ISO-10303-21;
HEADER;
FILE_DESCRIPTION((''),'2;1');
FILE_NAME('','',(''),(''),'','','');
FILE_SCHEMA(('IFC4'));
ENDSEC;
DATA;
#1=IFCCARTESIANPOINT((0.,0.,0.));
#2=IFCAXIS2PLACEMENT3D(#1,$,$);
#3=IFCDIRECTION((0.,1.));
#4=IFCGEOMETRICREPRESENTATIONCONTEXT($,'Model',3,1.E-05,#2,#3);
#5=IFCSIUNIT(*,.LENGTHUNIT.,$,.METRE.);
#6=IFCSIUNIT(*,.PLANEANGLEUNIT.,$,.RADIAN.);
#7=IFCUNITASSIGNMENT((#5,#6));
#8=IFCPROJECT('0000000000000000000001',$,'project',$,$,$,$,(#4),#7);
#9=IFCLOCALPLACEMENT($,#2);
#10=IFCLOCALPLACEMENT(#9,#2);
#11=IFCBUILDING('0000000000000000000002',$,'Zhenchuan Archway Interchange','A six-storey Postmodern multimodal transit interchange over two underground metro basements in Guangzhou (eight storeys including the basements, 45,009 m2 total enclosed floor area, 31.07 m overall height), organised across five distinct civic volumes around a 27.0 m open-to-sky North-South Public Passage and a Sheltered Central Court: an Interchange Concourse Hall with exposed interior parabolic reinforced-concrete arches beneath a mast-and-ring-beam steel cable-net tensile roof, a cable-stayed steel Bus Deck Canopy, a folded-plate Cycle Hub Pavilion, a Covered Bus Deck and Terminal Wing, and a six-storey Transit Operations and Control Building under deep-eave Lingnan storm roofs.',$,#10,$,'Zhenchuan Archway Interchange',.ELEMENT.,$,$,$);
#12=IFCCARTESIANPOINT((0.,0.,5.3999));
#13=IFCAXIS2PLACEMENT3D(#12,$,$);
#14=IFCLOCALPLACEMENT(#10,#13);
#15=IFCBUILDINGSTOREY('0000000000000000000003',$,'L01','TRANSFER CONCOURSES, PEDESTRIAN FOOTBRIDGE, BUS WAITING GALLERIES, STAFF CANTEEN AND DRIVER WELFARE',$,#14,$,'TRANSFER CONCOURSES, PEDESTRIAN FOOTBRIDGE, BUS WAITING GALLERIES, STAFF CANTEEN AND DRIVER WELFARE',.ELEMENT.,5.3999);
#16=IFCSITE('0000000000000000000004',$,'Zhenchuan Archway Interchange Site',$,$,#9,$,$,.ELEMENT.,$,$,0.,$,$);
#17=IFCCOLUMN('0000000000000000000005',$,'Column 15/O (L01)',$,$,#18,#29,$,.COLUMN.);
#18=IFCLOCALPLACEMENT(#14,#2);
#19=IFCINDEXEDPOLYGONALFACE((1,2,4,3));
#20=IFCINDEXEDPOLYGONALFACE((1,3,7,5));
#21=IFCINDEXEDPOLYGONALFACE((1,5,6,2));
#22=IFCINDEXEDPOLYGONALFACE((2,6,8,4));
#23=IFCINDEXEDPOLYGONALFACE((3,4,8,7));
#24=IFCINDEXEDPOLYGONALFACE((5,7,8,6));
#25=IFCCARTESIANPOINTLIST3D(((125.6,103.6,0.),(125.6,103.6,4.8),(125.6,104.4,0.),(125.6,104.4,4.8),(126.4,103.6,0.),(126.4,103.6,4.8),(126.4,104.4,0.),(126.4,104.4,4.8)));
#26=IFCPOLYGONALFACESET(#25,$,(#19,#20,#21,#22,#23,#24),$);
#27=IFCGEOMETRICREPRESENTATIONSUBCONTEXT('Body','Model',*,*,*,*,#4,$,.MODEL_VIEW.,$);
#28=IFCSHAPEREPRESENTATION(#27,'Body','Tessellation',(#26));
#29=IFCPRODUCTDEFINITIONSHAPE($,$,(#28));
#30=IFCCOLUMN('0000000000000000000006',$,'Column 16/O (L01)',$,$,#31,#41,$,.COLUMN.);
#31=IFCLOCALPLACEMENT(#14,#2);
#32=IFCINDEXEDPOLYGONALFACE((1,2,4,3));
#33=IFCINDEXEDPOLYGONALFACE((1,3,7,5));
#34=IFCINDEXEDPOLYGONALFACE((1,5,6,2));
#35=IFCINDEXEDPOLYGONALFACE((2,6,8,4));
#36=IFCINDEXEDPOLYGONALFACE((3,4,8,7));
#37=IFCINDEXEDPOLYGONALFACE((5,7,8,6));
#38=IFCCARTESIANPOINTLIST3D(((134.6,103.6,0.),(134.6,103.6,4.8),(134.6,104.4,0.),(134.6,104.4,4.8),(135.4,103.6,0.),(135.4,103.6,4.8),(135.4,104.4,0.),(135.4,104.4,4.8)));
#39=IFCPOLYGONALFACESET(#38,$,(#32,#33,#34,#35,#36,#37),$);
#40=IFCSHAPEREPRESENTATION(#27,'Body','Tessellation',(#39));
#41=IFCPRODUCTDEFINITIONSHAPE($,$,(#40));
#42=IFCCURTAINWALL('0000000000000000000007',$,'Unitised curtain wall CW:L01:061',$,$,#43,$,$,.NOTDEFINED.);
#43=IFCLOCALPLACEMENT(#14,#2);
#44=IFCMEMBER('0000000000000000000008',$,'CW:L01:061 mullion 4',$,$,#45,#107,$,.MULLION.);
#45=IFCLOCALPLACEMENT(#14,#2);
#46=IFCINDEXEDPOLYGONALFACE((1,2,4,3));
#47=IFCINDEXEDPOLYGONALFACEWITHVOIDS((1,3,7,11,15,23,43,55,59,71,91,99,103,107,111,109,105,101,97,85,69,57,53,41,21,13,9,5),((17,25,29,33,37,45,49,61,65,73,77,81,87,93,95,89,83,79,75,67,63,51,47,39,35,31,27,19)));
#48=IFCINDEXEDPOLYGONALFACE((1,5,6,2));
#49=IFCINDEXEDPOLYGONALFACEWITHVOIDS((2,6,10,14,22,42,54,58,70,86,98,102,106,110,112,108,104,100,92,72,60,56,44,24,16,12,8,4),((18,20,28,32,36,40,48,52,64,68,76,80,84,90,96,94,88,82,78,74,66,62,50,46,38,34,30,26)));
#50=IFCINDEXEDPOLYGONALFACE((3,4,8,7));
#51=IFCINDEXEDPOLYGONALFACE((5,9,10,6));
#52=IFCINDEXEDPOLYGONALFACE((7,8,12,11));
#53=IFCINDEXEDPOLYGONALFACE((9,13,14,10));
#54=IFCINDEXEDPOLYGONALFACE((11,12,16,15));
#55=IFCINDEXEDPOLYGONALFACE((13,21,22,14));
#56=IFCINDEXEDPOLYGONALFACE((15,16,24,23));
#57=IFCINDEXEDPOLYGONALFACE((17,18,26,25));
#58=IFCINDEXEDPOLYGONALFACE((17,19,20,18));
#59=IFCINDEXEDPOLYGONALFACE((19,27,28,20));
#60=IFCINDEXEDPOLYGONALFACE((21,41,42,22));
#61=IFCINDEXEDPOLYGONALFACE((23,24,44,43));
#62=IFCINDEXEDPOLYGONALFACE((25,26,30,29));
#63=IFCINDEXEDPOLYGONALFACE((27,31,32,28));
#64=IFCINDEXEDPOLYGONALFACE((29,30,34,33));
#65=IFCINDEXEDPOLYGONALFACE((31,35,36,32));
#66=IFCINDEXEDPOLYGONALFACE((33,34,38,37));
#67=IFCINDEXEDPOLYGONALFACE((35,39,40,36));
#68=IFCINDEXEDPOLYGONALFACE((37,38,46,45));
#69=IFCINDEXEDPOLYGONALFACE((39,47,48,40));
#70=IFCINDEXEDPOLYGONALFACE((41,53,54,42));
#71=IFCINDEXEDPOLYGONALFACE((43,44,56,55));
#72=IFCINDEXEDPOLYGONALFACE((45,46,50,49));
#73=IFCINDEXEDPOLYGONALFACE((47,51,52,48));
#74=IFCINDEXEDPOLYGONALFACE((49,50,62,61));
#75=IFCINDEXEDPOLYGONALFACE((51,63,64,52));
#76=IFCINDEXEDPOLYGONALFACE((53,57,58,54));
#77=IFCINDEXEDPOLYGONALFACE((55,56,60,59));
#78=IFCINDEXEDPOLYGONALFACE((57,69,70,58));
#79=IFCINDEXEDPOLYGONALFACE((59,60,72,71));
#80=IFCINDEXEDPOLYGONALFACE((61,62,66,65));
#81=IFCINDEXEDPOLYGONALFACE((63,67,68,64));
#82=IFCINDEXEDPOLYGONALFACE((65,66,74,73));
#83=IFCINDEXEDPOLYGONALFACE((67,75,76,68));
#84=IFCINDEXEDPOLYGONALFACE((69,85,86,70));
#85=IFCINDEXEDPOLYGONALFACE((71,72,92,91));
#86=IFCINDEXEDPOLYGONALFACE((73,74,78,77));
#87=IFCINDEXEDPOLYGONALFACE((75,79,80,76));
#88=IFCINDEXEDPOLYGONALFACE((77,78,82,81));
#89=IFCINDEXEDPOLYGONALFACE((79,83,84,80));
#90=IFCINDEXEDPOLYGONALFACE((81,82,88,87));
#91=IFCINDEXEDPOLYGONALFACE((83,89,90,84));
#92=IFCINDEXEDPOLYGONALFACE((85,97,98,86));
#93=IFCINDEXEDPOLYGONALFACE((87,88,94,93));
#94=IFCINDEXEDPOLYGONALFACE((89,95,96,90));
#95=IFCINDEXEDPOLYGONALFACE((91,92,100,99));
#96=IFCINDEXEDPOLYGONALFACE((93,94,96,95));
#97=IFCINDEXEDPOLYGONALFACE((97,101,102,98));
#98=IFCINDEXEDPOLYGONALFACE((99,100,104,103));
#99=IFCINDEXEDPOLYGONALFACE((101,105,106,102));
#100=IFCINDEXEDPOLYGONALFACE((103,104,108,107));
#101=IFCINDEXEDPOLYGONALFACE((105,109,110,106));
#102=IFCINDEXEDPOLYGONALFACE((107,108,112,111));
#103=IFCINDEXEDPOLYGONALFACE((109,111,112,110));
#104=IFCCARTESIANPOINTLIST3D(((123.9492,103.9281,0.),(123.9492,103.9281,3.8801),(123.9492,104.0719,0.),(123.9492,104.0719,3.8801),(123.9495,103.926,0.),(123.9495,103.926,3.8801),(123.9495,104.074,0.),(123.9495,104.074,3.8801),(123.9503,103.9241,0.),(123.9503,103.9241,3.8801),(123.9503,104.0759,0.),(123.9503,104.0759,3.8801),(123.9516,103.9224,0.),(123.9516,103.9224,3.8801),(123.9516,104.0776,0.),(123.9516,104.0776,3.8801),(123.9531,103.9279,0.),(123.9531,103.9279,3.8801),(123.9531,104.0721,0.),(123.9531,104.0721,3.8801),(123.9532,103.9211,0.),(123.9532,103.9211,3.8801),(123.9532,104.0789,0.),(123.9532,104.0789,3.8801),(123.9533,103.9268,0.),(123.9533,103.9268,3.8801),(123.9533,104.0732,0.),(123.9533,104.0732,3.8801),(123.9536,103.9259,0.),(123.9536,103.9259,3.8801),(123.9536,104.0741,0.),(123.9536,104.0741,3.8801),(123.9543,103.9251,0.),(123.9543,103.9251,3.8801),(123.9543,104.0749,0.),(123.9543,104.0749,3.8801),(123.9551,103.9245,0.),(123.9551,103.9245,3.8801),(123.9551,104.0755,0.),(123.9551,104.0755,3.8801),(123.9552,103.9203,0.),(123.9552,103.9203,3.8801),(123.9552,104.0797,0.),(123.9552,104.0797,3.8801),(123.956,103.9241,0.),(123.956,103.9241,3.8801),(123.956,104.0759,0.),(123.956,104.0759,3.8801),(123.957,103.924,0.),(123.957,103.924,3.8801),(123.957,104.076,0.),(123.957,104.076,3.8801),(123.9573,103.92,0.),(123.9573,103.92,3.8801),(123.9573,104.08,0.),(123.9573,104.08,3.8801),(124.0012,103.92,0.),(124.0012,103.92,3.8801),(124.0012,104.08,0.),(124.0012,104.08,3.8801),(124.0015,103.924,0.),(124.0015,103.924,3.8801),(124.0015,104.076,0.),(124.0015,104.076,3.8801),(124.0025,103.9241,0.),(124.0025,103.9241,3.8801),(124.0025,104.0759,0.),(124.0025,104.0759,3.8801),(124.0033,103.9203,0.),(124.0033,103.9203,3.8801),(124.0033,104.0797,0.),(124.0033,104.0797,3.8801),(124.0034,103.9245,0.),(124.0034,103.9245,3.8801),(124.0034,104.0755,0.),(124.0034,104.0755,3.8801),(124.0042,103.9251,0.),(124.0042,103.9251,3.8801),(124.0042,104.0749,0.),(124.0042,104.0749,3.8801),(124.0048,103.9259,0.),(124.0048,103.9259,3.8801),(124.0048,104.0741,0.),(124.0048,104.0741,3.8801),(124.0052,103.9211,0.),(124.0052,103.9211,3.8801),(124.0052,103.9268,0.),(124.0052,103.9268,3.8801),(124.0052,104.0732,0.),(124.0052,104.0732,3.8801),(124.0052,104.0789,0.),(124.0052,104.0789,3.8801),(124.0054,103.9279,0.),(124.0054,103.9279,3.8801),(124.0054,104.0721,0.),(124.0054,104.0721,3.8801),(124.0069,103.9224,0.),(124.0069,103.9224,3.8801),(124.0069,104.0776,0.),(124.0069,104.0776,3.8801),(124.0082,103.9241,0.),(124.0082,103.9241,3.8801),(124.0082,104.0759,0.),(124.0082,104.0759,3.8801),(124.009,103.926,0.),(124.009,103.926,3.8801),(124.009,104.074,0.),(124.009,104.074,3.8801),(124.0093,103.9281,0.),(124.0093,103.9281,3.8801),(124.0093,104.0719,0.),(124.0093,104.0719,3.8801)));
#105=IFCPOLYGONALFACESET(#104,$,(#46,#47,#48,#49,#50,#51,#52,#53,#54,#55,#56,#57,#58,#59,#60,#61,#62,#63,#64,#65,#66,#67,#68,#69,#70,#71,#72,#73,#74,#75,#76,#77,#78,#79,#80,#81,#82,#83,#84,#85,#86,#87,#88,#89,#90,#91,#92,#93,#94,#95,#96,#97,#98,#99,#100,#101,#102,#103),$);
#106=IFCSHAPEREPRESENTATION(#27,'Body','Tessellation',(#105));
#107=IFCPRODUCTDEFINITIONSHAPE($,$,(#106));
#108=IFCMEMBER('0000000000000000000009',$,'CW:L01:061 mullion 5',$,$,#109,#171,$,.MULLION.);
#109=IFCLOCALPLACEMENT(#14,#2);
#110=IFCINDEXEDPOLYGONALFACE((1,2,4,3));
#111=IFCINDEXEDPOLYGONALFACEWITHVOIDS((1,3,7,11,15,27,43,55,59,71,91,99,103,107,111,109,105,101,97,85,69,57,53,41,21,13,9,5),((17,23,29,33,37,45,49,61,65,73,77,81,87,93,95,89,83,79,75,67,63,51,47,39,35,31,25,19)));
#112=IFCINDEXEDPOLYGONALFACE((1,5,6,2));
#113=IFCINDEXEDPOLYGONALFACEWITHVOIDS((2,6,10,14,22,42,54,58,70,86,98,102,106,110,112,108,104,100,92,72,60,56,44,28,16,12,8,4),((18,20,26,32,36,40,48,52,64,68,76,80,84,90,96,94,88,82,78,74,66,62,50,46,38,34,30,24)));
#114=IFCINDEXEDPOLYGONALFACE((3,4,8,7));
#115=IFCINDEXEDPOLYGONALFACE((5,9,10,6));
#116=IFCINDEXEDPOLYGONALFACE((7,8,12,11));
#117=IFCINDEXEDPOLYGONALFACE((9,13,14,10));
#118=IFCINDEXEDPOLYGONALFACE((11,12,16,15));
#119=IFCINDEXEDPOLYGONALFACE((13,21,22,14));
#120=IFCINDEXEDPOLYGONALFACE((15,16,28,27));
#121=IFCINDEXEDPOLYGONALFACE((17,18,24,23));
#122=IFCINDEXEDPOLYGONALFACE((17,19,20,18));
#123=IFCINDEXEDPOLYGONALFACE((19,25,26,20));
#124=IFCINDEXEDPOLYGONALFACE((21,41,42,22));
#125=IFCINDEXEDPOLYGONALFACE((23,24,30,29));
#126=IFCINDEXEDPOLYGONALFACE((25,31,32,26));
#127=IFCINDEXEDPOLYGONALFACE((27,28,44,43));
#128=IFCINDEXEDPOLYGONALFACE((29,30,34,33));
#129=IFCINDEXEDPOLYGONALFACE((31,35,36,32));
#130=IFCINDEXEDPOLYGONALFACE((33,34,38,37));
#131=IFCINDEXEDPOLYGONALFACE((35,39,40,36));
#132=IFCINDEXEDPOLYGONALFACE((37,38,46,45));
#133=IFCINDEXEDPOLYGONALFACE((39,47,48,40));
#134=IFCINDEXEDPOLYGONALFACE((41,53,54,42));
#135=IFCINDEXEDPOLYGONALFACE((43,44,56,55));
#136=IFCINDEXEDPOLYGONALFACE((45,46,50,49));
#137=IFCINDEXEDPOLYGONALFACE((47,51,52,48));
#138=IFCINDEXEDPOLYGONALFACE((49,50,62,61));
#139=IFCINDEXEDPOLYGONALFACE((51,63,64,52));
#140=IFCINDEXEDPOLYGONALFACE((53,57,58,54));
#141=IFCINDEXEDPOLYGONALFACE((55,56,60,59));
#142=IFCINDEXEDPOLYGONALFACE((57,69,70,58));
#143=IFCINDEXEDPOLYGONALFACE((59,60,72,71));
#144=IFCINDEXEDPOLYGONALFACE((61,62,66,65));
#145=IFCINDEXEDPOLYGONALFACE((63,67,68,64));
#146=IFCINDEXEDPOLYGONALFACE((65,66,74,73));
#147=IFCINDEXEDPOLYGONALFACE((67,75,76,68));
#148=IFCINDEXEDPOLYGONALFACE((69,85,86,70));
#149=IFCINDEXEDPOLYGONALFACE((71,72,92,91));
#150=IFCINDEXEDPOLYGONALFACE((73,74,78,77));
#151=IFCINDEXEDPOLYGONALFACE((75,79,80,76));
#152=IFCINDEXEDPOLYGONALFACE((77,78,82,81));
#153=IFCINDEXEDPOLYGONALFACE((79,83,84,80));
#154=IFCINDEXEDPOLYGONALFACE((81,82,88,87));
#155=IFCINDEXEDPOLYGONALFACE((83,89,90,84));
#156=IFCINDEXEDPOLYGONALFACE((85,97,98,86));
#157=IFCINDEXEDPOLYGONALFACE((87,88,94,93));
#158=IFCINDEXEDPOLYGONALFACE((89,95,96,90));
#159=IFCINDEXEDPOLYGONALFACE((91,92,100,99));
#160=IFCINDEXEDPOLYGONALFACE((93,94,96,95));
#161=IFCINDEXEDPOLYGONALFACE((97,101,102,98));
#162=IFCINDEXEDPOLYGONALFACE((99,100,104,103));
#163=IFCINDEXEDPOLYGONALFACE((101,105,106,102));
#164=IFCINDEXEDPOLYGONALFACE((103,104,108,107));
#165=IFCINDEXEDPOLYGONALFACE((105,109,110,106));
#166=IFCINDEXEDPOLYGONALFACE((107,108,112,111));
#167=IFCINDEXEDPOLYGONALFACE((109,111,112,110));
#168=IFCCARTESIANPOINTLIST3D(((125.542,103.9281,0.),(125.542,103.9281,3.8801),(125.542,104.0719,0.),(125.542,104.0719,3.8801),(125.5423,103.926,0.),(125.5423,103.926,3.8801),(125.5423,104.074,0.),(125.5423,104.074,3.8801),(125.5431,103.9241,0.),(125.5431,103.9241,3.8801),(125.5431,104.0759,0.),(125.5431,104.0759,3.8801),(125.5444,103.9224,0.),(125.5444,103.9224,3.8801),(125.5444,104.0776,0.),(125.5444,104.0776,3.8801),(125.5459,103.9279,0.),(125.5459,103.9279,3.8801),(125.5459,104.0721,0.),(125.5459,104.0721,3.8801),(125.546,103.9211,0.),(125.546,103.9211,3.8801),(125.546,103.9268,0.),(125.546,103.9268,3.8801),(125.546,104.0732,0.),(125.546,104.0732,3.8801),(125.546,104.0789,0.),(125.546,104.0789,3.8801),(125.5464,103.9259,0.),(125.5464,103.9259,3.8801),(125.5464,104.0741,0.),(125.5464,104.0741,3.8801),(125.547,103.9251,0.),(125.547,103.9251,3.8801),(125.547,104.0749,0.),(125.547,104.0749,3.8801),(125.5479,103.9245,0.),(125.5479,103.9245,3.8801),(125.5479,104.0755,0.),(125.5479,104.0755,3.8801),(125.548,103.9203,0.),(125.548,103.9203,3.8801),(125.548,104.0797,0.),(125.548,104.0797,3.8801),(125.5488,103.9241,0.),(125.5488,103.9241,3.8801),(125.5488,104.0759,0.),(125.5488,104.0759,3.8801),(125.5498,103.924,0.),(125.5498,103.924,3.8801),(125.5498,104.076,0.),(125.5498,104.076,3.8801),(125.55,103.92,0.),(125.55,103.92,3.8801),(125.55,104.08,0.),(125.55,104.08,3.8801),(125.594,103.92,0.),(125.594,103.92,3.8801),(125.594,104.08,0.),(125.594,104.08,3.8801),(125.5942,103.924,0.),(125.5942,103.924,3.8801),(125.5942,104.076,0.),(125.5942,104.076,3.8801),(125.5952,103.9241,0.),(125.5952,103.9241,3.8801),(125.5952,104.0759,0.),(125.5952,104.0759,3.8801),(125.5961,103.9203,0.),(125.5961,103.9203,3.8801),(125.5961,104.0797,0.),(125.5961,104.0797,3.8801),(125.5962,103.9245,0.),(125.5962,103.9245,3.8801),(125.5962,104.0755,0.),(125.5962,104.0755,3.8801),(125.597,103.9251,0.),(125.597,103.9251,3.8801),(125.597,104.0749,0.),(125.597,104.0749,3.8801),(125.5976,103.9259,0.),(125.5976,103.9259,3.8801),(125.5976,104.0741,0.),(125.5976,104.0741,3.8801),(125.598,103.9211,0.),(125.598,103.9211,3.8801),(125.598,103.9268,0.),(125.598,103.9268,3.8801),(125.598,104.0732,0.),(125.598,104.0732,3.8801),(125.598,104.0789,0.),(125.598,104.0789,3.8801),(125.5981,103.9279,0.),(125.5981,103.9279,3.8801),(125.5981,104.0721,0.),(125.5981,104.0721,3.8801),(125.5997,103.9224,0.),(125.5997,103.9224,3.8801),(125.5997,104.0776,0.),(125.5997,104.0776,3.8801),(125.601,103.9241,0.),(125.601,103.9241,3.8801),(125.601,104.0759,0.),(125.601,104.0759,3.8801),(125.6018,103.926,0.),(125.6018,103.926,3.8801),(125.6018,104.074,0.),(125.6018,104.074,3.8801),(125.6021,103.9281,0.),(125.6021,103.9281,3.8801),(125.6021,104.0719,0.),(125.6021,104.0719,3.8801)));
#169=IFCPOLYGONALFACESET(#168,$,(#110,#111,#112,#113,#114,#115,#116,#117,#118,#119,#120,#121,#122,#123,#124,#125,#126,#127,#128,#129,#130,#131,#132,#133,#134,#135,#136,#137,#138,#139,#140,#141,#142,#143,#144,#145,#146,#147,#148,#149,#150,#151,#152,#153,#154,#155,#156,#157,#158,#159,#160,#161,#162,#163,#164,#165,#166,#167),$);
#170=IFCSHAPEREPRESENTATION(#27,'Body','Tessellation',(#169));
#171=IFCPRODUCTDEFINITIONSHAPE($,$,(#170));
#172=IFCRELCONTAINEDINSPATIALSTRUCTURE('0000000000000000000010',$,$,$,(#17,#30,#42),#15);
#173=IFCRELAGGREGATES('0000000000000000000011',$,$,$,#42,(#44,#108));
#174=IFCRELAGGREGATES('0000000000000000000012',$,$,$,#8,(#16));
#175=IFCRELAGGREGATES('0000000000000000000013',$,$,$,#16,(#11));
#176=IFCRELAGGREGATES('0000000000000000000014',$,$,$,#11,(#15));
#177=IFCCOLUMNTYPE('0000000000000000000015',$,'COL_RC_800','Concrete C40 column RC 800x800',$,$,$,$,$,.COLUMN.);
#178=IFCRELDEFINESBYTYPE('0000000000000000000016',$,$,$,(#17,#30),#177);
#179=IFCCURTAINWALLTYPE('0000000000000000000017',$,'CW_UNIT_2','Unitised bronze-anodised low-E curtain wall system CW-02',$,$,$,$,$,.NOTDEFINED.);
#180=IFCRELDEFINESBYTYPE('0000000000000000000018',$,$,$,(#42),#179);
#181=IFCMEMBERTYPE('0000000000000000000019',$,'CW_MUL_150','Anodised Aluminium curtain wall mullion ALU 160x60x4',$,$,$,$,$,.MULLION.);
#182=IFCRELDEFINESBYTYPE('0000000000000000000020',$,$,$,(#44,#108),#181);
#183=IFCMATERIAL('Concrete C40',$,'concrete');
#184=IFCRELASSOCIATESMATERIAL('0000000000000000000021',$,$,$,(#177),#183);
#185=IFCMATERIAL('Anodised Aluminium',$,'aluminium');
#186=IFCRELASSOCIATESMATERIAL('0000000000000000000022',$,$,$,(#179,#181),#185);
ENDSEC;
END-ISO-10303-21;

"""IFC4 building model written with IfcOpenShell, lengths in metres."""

from ifc_helpers import new_model, si_unit, direction, frame, origin, origin_2d, place, context, subcontext, project, spatial, rectangle, hollow_rectangle, extrude, material, material_profile, profile_set, type_object, element, aggregate, save


model = new_model("IFC4")

# Units and contexts
model_context = context("Model", 3, precision=1e-05, world=origin(), true_north=direction((0.0, 1.0)))
body_context = subcontext(model_context, "Body", "Model", "MODEL_VIEW")
ifc_project = project(units=[si_unit("LENGTHUNIT", "METRE"), si_unit("PLANEANGLEUNIT", "RADIAN")], contexts=[model_context])

# Site, building, storey
site_placement = place(None, origin())
site = spatial("IfcSite", under=ifc_project, at=site_placement, Name="Zhenchuan Archway Interchange Site", CompositionType="ELEMENT", RefElevation=0.0)
building_placement = place(site_placement, origin())
building = spatial("IfcBuilding", under=site, at=building_placement, Name="Zhenchuan Archway Interchange", Description="A six-storey Postmodern multimodal transit interchange over two underground metro basements in Guangzhou (eight storeys including the basements, 45,009 m2 total enclosed floor area, 31.07 m overall height), organised across five distinct civic volumes around a 27.0 m open-to-sky North-South Public Passage and a Sheltered Central Court: an Interchange Concourse Hall with exposed interior parabolic reinforced-concrete arches beneath a mast-and-ring-beam steel cable-net tensile roof, a cable-stayed steel Bus Deck Canopy, a folded-plate Cycle Hub Pavilion, a Covered Bus Deck and Terminal Wing, and a six-storey Transit Operations and Control Building under deep-eave Lingnan storm roofs.", LongName="Zhenchuan Archway Interchange", CompositionType="ELEMENT")
storey_placement = place(building_placement, frame((0.0, 0.0, 5.3999)))
storey = spatial("IfcBuildingStorey", under=building, at=storey_placement, Name="L01", Description="TRANSFER CONCOURSES, PEDESTRIAN FOOTBRIDGE, BUS WAITING GALLERIES, STAFF CANTEEN AND DRIVER WELFARE", LongName="TRANSFER CONCOURSES, PEDESTRIAN FOOTBRIDGE, BUS WAITING GALLERIES, STAFF CANTEEN AND DRIVER WELFARE", CompositionType="ELEMENT", Elevation=5.3999)

# Columns
ifc_material_1 = material(Name="Concrete C40", Category="concrete")
ifc_material_profile_1 = material_profile(ifc_material_1, rectangle(XDim=0.8, YDim=0.8, at=origin_2d()), Name="RC 800x800")
ifc_profile_set_1 = profile_set([ifc_material_profile_1], Name="Concrete C40")
column_type = type_object("IfcColumnType", Name="COL_RC_800", Description="Concrete C40 column RC 800x800", PredefinedType="COLUMN", material=ifc_profile_set_1)
for number, where, z_axis, x_axis, name in (
    (1, (126.0, 104.0, 0.0), (0.0, 0.0, 1.0), (1.0, 0.0, 0.0), "Column 15/O (L01)"),
    (2, (135.0, 104.0, 0.0), (0.0, 0.0, 1.0), (1.0, 0.0, 0.0), "Column 16/O (L01)"),
):
    element("IfcColumn", number, at=place(storey_placement, frame(where, z_axis=z_axis, x_axis=x_axis)), inside=storey, type_object=column_type, Name=name, PredefinedType="COLUMN", context=body_context, shape_type="SweptSolid", body=[
        extrude(rectangle(XDim=0.8, YDim=0.8, at=origin_2d()), origin(), (0.0, 0.0, 1.0), 4.8),
    ])

# Curtain wall, members
ifc_material_2 = material(Name="Anodised Aluminium", Category="aluminium")
curtain_wall_type_1 = type_object("IfcCurtainWallType", Name="CW_UNIT_2", Description="Unitised bronze-anodised low-E curtain wall system CW-02", PredefinedType="NOTDEFINED", material=ifc_material_2)
curtain_wall_1_placement = place(storey_placement, origin())
curtain_wall_1 = element("IfcCurtainWall", 3, at=curtain_wall_1_placement, inside=storey, type_object=curtain_wall_type_1, Name="Unitised curtain wall CW:L01:061", PredefinedType="NOTDEFINED")
ifc_material_profile_2 = material_profile(ifc_material_2, hollow_rectangle(XDim=0.0601, YDim=0.1599, WallThickness=0.0039, InnerFilletRadius=0.0039, OuterFilletRadius=0.0081, at=origin_2d()), Name="ALU 160x60x4")
ifc_profile_set_2 = profile_set([ifc_material_profile_2], Name="Anodised Aluminium")
member_type_1 = type_object("IfcMemberType", Name="CW_MUL_150", Description="Anodised Aluminium curtain wall mullion ALU 160x60x4", PredefinedType="MULLION", material=ifc_profile_set_2)
member_1_placement = place(storey_placement, frame((123.9792, 104.0, 0.0), z_axis=(0.0, 0.0, 1.0), x_axis=(1.0, 0.0, 0.0)))
member_1 = element("IfcMember", 4, at=member_1_placement, type_object=member_type_1, Name="CW:L01:061 mullion 4", PredefinedType="MULLION", context=body_context, shape_type="SweptSolid", body=[
    extrude(hollow_rectangle(XDim=0.0601, YDim=0.1599, WallThickness=0.0039, InnerFilletRadius=0.0039, OuterFilletRadius=0.0081, at=origin_2d()), origin(), (0.0, 0.0, 1.0), 3.8801),
])
member_2_placement = place(storey_placement, frame((125.572, 104.0, 0.0), z_axis=(0.0, 0.0, 1.0), x_axis=(1.0, 0.0, 0.0)))
member_2 = element("IfcMember", 5, at=member_2_placement, type_object=member_type_1, Name="CW:L01:061 mullion 5", PredefinedType="MULLION", context=body_context, shape_type="SweptSolid", body=[
    extrude(hollow_rectangle(XDim=0.0601, YDim=0.1599, WallThickness=0.0039, InnerFilletRadius=0.0039, OuterFilletRadius=0.0081, at=origin_2d()), origin(), (0.0, 0.0, 1.0), 3.8801),
])

aggregate(curtain_wall_1, [member_1, member_2])

save(model, "model.ifc")
